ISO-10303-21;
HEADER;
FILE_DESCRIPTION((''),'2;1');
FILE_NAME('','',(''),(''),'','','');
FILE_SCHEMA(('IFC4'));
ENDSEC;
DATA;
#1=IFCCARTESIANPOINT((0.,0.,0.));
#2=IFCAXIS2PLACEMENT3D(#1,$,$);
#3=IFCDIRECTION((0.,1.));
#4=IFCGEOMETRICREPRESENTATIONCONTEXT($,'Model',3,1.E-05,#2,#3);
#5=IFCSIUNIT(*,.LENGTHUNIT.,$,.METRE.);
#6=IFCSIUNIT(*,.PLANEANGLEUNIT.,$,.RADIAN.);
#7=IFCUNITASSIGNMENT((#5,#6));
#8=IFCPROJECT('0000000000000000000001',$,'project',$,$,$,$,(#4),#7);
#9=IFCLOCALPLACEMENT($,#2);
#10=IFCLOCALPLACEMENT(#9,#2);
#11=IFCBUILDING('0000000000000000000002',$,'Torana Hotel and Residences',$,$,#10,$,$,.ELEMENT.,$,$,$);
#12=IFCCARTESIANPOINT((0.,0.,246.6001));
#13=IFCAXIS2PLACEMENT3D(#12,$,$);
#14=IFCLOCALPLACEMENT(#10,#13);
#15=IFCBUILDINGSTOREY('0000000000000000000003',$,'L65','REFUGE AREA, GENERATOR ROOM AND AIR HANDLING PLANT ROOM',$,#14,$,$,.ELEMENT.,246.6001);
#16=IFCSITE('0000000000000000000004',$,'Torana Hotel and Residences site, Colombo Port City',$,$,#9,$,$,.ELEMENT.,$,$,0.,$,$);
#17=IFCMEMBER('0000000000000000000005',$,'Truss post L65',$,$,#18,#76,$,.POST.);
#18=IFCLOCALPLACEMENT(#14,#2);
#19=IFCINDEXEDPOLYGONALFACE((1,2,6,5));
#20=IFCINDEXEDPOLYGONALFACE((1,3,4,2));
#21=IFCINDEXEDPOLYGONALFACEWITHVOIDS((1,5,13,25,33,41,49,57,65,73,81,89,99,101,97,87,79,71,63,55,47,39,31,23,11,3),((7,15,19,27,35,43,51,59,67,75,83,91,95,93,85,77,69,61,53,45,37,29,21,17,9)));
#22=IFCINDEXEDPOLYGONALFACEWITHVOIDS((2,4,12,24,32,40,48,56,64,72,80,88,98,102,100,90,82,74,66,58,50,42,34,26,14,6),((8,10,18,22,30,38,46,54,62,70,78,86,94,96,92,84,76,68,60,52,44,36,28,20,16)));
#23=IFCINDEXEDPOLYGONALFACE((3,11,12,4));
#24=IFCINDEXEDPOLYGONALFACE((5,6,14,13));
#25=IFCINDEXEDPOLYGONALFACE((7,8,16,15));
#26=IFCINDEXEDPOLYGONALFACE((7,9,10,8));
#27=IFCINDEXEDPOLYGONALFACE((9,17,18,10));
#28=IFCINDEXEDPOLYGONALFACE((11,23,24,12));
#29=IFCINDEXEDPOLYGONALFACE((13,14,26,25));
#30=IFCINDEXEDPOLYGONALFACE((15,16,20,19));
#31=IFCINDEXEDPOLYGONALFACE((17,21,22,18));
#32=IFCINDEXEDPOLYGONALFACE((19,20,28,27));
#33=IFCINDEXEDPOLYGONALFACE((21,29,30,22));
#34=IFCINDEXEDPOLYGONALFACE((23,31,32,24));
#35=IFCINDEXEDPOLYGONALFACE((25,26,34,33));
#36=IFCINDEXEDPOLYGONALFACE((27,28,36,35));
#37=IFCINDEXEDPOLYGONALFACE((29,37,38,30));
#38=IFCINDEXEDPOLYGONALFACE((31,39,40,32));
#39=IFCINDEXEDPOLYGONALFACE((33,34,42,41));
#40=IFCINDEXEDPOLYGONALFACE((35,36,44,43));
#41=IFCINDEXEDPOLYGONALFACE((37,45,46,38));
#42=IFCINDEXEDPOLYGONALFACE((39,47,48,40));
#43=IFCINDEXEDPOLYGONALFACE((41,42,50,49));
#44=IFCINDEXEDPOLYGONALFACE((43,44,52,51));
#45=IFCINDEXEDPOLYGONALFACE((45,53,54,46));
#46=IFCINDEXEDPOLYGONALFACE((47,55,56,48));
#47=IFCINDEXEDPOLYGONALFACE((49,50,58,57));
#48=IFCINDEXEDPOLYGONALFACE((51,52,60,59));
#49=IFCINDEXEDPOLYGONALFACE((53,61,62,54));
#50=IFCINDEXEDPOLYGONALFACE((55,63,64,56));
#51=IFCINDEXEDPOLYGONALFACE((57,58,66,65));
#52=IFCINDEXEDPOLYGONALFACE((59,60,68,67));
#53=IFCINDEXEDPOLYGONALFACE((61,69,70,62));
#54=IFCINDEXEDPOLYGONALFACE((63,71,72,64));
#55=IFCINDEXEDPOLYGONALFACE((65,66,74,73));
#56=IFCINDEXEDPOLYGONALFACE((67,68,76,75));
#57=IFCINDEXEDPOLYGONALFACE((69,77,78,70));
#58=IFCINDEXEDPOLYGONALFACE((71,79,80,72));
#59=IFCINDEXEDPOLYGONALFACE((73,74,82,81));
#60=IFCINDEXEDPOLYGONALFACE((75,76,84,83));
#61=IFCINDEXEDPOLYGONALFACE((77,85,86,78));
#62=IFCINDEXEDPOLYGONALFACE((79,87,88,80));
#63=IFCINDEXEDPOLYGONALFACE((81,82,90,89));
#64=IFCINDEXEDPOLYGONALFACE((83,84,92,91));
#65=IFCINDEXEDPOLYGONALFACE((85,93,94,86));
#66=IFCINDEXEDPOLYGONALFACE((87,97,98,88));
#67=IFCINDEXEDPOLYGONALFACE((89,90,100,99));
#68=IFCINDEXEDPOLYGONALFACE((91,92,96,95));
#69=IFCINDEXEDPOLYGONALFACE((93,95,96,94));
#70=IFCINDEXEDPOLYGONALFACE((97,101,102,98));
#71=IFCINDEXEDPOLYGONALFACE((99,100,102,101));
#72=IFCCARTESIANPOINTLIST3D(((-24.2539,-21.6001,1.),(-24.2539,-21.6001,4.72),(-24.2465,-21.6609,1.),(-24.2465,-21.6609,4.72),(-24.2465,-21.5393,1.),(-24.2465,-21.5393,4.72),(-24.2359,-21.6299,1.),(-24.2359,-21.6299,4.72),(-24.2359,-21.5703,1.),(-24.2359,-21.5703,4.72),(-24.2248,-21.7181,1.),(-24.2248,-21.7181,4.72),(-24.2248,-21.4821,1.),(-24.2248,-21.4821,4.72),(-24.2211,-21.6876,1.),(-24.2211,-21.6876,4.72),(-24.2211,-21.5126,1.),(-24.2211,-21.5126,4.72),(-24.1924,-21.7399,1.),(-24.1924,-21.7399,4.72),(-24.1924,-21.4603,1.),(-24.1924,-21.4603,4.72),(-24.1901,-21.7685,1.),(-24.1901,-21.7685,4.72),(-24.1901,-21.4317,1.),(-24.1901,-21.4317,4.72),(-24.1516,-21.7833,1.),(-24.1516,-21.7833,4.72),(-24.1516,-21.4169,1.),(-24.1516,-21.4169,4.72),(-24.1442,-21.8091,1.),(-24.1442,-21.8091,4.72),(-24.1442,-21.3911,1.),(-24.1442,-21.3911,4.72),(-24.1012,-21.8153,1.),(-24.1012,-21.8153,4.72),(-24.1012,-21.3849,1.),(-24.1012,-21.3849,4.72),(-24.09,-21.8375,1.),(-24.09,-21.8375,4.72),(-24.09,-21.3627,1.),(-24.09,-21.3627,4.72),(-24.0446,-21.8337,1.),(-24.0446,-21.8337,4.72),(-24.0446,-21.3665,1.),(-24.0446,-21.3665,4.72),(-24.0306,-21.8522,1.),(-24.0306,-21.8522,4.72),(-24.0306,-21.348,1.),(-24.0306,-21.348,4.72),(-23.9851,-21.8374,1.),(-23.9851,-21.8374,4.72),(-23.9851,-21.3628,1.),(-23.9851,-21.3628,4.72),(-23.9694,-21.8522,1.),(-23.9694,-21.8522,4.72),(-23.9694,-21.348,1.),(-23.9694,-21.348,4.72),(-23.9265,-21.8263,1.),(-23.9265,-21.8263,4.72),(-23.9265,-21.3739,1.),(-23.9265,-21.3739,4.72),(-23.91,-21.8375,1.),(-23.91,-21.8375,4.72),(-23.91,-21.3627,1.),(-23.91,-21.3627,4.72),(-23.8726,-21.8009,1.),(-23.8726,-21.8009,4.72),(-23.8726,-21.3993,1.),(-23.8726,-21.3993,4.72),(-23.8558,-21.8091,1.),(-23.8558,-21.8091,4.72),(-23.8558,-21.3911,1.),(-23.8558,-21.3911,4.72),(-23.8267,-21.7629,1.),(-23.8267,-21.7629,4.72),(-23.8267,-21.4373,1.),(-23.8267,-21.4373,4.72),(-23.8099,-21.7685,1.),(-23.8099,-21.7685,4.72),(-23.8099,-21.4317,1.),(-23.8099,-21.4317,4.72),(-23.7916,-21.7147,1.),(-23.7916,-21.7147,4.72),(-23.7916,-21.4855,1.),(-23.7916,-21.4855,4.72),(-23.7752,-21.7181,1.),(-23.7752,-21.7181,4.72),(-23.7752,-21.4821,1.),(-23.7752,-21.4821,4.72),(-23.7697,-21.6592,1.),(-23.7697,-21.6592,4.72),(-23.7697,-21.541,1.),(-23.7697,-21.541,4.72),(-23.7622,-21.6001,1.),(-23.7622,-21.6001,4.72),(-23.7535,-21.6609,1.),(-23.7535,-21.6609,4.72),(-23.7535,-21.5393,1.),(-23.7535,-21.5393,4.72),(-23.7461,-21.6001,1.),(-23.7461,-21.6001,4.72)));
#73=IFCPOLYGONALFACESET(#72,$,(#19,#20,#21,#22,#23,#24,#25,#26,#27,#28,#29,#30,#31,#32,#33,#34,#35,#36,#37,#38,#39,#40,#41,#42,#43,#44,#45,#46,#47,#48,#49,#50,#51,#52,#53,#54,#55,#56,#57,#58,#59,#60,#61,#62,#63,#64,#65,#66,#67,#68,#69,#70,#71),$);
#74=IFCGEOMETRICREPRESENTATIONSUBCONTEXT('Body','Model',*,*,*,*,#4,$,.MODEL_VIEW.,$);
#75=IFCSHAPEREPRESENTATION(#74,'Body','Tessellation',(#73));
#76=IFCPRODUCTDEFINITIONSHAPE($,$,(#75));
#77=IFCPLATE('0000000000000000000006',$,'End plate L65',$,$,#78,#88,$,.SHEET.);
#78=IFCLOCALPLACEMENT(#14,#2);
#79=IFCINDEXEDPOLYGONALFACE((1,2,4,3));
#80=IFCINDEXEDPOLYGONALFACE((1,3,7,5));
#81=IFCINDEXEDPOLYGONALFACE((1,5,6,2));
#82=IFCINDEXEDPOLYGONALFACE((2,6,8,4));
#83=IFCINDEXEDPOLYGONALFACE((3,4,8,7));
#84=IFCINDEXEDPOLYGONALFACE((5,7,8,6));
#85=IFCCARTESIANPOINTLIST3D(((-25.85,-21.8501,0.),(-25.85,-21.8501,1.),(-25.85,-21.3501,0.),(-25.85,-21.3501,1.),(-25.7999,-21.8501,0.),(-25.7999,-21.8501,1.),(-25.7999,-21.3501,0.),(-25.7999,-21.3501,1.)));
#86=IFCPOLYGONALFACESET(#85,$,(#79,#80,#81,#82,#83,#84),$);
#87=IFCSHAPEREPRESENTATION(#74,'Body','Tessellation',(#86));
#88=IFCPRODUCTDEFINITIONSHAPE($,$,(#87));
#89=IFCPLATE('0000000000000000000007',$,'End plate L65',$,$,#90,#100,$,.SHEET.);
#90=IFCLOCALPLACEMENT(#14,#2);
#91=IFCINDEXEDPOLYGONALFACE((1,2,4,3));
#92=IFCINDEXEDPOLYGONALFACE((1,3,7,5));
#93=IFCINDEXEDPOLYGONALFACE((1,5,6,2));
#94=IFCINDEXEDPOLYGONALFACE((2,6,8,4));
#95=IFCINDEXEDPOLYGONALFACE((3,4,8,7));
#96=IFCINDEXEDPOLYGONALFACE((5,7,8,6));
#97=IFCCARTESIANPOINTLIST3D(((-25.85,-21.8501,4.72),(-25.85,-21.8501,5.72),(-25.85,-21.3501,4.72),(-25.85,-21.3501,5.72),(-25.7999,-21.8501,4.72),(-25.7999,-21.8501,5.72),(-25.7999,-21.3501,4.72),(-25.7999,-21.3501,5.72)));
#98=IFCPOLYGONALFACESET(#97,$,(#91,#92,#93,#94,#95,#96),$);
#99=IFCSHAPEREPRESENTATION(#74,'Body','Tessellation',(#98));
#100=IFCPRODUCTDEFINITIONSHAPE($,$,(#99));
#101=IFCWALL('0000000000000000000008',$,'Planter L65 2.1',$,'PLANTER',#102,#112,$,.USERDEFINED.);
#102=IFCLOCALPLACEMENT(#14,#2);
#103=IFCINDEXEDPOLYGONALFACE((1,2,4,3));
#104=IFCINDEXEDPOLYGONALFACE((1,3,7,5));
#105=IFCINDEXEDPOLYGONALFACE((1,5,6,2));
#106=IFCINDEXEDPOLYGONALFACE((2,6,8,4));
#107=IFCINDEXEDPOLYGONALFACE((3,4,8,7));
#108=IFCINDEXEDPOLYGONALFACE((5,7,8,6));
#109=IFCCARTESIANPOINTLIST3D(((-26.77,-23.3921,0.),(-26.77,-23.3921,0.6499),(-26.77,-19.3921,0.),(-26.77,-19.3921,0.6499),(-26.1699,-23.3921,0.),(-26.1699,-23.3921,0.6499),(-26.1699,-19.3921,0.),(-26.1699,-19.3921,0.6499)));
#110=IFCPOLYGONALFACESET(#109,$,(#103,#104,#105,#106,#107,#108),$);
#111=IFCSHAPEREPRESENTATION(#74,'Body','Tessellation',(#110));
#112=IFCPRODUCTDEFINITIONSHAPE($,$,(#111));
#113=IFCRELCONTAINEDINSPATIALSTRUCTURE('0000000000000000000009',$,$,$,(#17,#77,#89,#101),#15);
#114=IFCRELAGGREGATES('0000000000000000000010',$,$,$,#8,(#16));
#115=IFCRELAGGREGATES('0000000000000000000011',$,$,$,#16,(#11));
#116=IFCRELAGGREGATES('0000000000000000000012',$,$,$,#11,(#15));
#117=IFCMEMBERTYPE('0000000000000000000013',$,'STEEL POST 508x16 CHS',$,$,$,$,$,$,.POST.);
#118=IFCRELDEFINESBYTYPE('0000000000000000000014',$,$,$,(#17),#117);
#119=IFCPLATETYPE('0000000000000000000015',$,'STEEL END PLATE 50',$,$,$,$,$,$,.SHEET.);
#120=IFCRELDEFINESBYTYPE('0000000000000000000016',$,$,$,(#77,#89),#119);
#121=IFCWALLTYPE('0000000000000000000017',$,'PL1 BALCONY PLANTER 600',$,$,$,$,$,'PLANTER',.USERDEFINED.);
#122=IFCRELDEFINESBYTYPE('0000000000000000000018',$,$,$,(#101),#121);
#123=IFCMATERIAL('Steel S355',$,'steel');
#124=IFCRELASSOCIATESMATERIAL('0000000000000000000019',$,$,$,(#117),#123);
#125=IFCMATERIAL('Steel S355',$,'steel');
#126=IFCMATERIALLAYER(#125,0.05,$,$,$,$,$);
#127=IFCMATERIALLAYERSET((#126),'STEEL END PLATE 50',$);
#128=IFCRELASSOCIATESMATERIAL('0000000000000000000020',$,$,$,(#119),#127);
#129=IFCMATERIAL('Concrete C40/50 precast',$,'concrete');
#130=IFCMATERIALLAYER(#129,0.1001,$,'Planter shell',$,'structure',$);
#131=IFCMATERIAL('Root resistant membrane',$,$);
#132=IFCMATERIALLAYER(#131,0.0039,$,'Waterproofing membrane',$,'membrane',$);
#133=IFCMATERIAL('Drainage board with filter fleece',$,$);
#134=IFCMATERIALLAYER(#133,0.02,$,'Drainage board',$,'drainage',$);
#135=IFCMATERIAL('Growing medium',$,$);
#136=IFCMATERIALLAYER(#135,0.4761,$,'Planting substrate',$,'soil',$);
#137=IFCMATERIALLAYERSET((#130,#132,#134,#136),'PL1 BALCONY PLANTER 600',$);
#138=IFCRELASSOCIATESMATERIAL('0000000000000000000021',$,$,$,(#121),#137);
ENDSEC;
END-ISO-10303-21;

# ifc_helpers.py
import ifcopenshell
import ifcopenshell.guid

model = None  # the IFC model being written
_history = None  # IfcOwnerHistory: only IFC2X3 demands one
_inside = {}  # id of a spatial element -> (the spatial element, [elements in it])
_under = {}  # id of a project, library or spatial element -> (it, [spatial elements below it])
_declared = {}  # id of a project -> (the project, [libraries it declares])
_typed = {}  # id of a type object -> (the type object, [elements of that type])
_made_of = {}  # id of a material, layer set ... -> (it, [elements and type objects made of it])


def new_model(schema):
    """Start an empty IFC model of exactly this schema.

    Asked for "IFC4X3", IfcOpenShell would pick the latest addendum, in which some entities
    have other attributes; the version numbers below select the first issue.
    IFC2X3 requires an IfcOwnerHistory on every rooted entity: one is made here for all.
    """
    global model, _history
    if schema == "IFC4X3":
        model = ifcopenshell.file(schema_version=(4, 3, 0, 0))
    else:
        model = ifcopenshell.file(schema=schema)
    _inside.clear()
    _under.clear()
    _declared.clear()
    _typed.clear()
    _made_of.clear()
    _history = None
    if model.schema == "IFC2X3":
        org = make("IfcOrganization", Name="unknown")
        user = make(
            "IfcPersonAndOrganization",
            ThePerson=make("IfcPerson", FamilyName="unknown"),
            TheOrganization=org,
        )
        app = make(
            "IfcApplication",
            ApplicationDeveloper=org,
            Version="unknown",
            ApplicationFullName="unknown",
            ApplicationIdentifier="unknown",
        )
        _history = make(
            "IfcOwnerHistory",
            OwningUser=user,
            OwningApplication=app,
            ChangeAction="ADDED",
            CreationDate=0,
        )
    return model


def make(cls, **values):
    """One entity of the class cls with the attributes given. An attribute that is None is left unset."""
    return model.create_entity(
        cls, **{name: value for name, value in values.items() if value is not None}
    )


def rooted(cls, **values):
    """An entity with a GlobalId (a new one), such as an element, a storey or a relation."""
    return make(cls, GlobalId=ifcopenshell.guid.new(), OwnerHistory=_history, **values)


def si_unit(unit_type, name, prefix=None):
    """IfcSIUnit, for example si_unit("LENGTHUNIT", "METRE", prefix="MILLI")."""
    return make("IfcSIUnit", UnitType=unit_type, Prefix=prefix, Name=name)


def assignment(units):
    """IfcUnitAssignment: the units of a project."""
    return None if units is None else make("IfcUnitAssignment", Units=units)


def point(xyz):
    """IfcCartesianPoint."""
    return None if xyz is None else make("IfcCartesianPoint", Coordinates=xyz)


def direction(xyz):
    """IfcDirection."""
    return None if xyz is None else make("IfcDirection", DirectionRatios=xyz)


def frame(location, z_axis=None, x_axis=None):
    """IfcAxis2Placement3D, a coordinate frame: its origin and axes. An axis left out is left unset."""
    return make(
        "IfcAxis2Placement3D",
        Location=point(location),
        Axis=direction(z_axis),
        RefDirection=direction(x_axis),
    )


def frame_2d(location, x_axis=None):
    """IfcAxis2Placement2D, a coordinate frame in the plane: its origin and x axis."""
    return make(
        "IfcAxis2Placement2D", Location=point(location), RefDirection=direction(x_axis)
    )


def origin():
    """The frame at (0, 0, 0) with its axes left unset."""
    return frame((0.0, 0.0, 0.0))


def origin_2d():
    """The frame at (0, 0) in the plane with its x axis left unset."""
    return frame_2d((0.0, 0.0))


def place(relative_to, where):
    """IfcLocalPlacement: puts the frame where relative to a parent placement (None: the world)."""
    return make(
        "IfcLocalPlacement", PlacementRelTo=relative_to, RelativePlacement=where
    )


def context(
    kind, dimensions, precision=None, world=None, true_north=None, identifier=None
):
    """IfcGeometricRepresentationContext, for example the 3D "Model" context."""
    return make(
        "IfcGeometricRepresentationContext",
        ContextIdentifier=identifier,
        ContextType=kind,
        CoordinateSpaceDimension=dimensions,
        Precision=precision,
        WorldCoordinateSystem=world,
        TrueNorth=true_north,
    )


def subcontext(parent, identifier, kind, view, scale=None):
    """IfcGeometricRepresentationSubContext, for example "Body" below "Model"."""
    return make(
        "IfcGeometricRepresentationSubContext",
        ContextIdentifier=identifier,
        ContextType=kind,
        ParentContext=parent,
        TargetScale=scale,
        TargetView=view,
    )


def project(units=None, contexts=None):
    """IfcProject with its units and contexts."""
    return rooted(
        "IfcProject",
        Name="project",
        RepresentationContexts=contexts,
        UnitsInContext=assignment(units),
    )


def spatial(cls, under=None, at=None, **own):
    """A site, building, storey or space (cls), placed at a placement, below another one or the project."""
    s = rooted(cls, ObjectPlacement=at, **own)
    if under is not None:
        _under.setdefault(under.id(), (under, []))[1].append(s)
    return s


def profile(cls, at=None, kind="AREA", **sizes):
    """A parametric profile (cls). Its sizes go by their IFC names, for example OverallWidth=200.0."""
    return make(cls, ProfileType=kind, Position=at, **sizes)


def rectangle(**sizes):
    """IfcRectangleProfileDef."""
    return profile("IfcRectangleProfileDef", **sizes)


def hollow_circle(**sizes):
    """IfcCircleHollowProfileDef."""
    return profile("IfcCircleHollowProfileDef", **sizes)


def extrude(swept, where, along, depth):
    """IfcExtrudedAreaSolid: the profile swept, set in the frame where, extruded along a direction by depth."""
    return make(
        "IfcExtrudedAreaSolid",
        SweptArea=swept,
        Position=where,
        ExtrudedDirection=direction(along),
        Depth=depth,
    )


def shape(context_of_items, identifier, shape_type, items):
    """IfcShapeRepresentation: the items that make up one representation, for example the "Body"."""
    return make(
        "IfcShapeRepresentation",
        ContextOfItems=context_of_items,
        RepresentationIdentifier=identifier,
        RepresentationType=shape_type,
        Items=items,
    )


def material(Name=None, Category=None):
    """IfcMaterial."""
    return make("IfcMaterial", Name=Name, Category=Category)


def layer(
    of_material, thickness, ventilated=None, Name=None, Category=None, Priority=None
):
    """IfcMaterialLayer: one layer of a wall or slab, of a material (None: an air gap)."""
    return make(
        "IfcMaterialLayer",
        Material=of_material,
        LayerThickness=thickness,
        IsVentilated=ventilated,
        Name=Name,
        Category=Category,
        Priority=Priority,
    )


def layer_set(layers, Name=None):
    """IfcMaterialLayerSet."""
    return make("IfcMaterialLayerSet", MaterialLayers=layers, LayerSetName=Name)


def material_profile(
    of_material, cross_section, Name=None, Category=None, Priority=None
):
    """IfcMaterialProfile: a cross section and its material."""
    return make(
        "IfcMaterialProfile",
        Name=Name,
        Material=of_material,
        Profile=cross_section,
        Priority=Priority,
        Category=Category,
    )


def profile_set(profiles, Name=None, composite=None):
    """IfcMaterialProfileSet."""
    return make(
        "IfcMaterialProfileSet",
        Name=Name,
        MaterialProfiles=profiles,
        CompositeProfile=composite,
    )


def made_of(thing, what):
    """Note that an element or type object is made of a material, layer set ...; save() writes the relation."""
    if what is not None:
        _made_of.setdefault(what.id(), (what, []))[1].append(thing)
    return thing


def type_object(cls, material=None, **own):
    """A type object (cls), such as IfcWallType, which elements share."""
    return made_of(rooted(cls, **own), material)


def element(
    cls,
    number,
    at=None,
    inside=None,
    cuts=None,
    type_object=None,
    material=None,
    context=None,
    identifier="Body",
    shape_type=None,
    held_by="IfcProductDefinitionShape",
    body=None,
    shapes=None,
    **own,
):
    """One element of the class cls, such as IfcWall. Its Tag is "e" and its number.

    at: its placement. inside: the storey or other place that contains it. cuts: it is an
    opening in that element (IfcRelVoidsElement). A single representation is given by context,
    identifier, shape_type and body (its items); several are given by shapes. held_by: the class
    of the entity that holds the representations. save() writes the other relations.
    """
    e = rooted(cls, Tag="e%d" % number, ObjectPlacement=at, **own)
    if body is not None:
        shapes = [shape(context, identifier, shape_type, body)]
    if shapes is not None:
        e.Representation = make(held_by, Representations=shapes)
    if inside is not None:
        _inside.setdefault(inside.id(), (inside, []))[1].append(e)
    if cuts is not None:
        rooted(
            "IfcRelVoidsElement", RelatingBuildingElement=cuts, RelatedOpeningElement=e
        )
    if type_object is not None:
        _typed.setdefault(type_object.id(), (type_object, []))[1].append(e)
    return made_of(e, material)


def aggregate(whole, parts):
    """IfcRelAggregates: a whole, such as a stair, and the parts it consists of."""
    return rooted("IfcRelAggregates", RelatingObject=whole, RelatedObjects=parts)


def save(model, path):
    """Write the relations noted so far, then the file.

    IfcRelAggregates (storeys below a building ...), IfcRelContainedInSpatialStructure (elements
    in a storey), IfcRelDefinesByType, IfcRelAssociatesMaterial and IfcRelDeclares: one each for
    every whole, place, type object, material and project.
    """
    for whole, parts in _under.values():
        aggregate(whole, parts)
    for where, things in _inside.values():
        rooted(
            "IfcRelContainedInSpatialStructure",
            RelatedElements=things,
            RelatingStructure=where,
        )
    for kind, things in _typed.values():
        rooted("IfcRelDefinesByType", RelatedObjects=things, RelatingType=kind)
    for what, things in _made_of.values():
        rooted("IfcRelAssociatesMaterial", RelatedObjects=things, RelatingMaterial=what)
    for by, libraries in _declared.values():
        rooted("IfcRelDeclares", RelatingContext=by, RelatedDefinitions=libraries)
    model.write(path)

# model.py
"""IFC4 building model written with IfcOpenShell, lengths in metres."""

from ifc_helpers import new_model, si_unit, direction, frame, frame_2d, origin, origin_2d, place, context, subcontext, project, spatial, rectangle, hollow_circle, extrude, material, layer, layer_set, material_profile, profile_set, type_object, element, save


model = new_model("IFC4")

# Units and contexts
model_context = context("Model", 3, precision=1e-05, world=origin(), true_north=direction((0.0, 1.0)))
body_context = subcontext(model_context, "Body", "Model", "MODEL_VIEW")
ifc_project = project(units=[si_unit("LENGTHUNIT", "METRE"), si_unit("PLANEANGLEUNIT", "RADIAN")], contexts=[model_context])

# Site, building, storey
site_placement = place(None, origin())
site = spatial("IfcSite", under=ifc_project, at=site_placement, Name="Torana Hotel and Residences site, Colombo Port City", CompositionType="ELEMENT", RefElevation=0.0)
building_placement = place(site_placement, origin())
building = spatial("IfcBuilding", under=site, at=building_placement, Name="Torana Hotel and Residences", CompositionType="ELEMENT")
storey_placement = place(building_placement, frame((0.0, 0.0, 246.6001)))
storey = spatial("IfcBuildingStorey", under=building, at=storey_placement, Name="L65", Description="REFUGE AREA, GENERATOR ROOM AND AIR HANDLING PLANT ROOM", CompositionType="ELEMENT", Elevation=246.6001)

# Member
ifc_material_1 = material(Name="Steel S355", Category="steel")
ifc_material_profile_1 = material_profile(ifc_material_1, hollow_circle(Radius=0.2539, WallThickness=0.0161, at=origin_2d()), Name="508x16 CHS")
ifc_profile_set_1 = profile_set([ifc_material_profile_1], Name="Steel S355")
member_type_1 = type_object("IfcMemberType", Name="STEEL POST 508x16 CHS", PredefinedType="POST", material=ifc_profile_set_1)
for number, where, z_axis, x_axis, name in (
    (1, (-24.0, -21.6001, 1.0), (0.0, 0.0, 1.0), (1.0, 0.0, 0.0), "Truss post L65"),
):
    element("IfcMember", number, at=place(storey_placement, frame(where, z_axis=z_axis, x_axis=x_axis)), inside=storey, type_object=member_type_1, Name=name, PredefinedType="POST", context=body_context, shape_type="SweptSolid", body=[
        extrude(hollow_circle(Radius=0.2539, WallThickness=0.0161, at=origin_2d()), origin(), (0.0, 0.0, 1.0), 3.72),
    ])

# Plates
ifc_material_2 = material(Name="Steel S355", Category="steel")
ifc_layer_1 = layer(ifc_material_2, 0.05)
ifc_layer_set_1 = layer_set([ifc_layer_1], Name="STEEL END PLATE 50")
plate_type = type_object("IfcPlateType", Name="STEEL END PLATE 50", PredefinedType="SHEET", material=ifc_layer_set_1)
for number, where, z_axis, x_axis, name in (
    (2, (-25.825, -21.6001, 0.0), (0.0, 0.0, 1.0), (-1.0, 0.0, 0.0), "End plate L65"),
    (3, (-25.825, -21.6001, 4.72), (0.0, 0.0, 1.0), (-1.0, 0.0, 0.0), "End plate L65"),
):
    element("IfcPlate", number, at=place(storey_placement, frame(where, z_axis=z_axis, x_axis=x_axis)), inside=storey, type_object=plate_type, Name=name, PredefinedType="SHEET", context=body_context, shape_type="SweptSolid", body=[
        extrude(rectangle(XDim=0.05, YDim=0.5, at=origin_2d()), origin(), (0.0, 0.0, 1.0), 1.0),
    ])

# Wall
ifc_material_3 = material(Name="Concrete C40/50 precast", Category="concrete")
ifc_layer_2 = layer(ifc_material_3, 0.1001, Name="Planter shell", Category="structure")
ifc_material_4 = material(Name="Root resistant membrane")
ifc_layer_3 = layer(ifc_material_4, 0.0039, Name="Waterproofing membrane", Category="membrane")
ifc_material_5 = material(Name="Drainage board with filter fleece")
ifc_layer_4 = layer(ifc_material_5, 0.02, Name="Drainage board", Category="drainage")
ifc_material_6 = material(Name="Growing medium")
ifc_layer_5 = layer(ifc_material_6, 0.4761, Name="Planting substrate", Category="soil")
ifc_layer_set_2 = layer_set([ifc_layer_2, ifc_layer_3, ifc_layer_4, ifc_layer_5], Name="PL1 BALCONY PLANTER 600")
wall_type = type_object("IfcWallType", Name="PL1 BALCONY PLANTER 600", ElementType="PLANTER", PredefinedType="USERDEFINED", material=ifc_layer_set_2)
wall_placement = place(storey_placement, frame((-26.47, -23.3921, 0.0), z_axis=(0.0, 0.0, 1.0), x_axis=(0.0, 1.0, 0.0)))
element("IfcWall", 4, at=wall_placement, inside=storey, type_object=wall_type, Name="Planter L65 2.1", ObjectType="PLANTER", PredefinedType="USERDEFINED", context=body_context, shape_type="SweptSolid", body=[
    extrude(rectangle(XDim=4.0, YDim=0.6001, at=frame_2d((2.0, 0.0))), origin(), (0.0, 0.0, 1.0), 0.6499),
])

save(model, "model.ifc")
